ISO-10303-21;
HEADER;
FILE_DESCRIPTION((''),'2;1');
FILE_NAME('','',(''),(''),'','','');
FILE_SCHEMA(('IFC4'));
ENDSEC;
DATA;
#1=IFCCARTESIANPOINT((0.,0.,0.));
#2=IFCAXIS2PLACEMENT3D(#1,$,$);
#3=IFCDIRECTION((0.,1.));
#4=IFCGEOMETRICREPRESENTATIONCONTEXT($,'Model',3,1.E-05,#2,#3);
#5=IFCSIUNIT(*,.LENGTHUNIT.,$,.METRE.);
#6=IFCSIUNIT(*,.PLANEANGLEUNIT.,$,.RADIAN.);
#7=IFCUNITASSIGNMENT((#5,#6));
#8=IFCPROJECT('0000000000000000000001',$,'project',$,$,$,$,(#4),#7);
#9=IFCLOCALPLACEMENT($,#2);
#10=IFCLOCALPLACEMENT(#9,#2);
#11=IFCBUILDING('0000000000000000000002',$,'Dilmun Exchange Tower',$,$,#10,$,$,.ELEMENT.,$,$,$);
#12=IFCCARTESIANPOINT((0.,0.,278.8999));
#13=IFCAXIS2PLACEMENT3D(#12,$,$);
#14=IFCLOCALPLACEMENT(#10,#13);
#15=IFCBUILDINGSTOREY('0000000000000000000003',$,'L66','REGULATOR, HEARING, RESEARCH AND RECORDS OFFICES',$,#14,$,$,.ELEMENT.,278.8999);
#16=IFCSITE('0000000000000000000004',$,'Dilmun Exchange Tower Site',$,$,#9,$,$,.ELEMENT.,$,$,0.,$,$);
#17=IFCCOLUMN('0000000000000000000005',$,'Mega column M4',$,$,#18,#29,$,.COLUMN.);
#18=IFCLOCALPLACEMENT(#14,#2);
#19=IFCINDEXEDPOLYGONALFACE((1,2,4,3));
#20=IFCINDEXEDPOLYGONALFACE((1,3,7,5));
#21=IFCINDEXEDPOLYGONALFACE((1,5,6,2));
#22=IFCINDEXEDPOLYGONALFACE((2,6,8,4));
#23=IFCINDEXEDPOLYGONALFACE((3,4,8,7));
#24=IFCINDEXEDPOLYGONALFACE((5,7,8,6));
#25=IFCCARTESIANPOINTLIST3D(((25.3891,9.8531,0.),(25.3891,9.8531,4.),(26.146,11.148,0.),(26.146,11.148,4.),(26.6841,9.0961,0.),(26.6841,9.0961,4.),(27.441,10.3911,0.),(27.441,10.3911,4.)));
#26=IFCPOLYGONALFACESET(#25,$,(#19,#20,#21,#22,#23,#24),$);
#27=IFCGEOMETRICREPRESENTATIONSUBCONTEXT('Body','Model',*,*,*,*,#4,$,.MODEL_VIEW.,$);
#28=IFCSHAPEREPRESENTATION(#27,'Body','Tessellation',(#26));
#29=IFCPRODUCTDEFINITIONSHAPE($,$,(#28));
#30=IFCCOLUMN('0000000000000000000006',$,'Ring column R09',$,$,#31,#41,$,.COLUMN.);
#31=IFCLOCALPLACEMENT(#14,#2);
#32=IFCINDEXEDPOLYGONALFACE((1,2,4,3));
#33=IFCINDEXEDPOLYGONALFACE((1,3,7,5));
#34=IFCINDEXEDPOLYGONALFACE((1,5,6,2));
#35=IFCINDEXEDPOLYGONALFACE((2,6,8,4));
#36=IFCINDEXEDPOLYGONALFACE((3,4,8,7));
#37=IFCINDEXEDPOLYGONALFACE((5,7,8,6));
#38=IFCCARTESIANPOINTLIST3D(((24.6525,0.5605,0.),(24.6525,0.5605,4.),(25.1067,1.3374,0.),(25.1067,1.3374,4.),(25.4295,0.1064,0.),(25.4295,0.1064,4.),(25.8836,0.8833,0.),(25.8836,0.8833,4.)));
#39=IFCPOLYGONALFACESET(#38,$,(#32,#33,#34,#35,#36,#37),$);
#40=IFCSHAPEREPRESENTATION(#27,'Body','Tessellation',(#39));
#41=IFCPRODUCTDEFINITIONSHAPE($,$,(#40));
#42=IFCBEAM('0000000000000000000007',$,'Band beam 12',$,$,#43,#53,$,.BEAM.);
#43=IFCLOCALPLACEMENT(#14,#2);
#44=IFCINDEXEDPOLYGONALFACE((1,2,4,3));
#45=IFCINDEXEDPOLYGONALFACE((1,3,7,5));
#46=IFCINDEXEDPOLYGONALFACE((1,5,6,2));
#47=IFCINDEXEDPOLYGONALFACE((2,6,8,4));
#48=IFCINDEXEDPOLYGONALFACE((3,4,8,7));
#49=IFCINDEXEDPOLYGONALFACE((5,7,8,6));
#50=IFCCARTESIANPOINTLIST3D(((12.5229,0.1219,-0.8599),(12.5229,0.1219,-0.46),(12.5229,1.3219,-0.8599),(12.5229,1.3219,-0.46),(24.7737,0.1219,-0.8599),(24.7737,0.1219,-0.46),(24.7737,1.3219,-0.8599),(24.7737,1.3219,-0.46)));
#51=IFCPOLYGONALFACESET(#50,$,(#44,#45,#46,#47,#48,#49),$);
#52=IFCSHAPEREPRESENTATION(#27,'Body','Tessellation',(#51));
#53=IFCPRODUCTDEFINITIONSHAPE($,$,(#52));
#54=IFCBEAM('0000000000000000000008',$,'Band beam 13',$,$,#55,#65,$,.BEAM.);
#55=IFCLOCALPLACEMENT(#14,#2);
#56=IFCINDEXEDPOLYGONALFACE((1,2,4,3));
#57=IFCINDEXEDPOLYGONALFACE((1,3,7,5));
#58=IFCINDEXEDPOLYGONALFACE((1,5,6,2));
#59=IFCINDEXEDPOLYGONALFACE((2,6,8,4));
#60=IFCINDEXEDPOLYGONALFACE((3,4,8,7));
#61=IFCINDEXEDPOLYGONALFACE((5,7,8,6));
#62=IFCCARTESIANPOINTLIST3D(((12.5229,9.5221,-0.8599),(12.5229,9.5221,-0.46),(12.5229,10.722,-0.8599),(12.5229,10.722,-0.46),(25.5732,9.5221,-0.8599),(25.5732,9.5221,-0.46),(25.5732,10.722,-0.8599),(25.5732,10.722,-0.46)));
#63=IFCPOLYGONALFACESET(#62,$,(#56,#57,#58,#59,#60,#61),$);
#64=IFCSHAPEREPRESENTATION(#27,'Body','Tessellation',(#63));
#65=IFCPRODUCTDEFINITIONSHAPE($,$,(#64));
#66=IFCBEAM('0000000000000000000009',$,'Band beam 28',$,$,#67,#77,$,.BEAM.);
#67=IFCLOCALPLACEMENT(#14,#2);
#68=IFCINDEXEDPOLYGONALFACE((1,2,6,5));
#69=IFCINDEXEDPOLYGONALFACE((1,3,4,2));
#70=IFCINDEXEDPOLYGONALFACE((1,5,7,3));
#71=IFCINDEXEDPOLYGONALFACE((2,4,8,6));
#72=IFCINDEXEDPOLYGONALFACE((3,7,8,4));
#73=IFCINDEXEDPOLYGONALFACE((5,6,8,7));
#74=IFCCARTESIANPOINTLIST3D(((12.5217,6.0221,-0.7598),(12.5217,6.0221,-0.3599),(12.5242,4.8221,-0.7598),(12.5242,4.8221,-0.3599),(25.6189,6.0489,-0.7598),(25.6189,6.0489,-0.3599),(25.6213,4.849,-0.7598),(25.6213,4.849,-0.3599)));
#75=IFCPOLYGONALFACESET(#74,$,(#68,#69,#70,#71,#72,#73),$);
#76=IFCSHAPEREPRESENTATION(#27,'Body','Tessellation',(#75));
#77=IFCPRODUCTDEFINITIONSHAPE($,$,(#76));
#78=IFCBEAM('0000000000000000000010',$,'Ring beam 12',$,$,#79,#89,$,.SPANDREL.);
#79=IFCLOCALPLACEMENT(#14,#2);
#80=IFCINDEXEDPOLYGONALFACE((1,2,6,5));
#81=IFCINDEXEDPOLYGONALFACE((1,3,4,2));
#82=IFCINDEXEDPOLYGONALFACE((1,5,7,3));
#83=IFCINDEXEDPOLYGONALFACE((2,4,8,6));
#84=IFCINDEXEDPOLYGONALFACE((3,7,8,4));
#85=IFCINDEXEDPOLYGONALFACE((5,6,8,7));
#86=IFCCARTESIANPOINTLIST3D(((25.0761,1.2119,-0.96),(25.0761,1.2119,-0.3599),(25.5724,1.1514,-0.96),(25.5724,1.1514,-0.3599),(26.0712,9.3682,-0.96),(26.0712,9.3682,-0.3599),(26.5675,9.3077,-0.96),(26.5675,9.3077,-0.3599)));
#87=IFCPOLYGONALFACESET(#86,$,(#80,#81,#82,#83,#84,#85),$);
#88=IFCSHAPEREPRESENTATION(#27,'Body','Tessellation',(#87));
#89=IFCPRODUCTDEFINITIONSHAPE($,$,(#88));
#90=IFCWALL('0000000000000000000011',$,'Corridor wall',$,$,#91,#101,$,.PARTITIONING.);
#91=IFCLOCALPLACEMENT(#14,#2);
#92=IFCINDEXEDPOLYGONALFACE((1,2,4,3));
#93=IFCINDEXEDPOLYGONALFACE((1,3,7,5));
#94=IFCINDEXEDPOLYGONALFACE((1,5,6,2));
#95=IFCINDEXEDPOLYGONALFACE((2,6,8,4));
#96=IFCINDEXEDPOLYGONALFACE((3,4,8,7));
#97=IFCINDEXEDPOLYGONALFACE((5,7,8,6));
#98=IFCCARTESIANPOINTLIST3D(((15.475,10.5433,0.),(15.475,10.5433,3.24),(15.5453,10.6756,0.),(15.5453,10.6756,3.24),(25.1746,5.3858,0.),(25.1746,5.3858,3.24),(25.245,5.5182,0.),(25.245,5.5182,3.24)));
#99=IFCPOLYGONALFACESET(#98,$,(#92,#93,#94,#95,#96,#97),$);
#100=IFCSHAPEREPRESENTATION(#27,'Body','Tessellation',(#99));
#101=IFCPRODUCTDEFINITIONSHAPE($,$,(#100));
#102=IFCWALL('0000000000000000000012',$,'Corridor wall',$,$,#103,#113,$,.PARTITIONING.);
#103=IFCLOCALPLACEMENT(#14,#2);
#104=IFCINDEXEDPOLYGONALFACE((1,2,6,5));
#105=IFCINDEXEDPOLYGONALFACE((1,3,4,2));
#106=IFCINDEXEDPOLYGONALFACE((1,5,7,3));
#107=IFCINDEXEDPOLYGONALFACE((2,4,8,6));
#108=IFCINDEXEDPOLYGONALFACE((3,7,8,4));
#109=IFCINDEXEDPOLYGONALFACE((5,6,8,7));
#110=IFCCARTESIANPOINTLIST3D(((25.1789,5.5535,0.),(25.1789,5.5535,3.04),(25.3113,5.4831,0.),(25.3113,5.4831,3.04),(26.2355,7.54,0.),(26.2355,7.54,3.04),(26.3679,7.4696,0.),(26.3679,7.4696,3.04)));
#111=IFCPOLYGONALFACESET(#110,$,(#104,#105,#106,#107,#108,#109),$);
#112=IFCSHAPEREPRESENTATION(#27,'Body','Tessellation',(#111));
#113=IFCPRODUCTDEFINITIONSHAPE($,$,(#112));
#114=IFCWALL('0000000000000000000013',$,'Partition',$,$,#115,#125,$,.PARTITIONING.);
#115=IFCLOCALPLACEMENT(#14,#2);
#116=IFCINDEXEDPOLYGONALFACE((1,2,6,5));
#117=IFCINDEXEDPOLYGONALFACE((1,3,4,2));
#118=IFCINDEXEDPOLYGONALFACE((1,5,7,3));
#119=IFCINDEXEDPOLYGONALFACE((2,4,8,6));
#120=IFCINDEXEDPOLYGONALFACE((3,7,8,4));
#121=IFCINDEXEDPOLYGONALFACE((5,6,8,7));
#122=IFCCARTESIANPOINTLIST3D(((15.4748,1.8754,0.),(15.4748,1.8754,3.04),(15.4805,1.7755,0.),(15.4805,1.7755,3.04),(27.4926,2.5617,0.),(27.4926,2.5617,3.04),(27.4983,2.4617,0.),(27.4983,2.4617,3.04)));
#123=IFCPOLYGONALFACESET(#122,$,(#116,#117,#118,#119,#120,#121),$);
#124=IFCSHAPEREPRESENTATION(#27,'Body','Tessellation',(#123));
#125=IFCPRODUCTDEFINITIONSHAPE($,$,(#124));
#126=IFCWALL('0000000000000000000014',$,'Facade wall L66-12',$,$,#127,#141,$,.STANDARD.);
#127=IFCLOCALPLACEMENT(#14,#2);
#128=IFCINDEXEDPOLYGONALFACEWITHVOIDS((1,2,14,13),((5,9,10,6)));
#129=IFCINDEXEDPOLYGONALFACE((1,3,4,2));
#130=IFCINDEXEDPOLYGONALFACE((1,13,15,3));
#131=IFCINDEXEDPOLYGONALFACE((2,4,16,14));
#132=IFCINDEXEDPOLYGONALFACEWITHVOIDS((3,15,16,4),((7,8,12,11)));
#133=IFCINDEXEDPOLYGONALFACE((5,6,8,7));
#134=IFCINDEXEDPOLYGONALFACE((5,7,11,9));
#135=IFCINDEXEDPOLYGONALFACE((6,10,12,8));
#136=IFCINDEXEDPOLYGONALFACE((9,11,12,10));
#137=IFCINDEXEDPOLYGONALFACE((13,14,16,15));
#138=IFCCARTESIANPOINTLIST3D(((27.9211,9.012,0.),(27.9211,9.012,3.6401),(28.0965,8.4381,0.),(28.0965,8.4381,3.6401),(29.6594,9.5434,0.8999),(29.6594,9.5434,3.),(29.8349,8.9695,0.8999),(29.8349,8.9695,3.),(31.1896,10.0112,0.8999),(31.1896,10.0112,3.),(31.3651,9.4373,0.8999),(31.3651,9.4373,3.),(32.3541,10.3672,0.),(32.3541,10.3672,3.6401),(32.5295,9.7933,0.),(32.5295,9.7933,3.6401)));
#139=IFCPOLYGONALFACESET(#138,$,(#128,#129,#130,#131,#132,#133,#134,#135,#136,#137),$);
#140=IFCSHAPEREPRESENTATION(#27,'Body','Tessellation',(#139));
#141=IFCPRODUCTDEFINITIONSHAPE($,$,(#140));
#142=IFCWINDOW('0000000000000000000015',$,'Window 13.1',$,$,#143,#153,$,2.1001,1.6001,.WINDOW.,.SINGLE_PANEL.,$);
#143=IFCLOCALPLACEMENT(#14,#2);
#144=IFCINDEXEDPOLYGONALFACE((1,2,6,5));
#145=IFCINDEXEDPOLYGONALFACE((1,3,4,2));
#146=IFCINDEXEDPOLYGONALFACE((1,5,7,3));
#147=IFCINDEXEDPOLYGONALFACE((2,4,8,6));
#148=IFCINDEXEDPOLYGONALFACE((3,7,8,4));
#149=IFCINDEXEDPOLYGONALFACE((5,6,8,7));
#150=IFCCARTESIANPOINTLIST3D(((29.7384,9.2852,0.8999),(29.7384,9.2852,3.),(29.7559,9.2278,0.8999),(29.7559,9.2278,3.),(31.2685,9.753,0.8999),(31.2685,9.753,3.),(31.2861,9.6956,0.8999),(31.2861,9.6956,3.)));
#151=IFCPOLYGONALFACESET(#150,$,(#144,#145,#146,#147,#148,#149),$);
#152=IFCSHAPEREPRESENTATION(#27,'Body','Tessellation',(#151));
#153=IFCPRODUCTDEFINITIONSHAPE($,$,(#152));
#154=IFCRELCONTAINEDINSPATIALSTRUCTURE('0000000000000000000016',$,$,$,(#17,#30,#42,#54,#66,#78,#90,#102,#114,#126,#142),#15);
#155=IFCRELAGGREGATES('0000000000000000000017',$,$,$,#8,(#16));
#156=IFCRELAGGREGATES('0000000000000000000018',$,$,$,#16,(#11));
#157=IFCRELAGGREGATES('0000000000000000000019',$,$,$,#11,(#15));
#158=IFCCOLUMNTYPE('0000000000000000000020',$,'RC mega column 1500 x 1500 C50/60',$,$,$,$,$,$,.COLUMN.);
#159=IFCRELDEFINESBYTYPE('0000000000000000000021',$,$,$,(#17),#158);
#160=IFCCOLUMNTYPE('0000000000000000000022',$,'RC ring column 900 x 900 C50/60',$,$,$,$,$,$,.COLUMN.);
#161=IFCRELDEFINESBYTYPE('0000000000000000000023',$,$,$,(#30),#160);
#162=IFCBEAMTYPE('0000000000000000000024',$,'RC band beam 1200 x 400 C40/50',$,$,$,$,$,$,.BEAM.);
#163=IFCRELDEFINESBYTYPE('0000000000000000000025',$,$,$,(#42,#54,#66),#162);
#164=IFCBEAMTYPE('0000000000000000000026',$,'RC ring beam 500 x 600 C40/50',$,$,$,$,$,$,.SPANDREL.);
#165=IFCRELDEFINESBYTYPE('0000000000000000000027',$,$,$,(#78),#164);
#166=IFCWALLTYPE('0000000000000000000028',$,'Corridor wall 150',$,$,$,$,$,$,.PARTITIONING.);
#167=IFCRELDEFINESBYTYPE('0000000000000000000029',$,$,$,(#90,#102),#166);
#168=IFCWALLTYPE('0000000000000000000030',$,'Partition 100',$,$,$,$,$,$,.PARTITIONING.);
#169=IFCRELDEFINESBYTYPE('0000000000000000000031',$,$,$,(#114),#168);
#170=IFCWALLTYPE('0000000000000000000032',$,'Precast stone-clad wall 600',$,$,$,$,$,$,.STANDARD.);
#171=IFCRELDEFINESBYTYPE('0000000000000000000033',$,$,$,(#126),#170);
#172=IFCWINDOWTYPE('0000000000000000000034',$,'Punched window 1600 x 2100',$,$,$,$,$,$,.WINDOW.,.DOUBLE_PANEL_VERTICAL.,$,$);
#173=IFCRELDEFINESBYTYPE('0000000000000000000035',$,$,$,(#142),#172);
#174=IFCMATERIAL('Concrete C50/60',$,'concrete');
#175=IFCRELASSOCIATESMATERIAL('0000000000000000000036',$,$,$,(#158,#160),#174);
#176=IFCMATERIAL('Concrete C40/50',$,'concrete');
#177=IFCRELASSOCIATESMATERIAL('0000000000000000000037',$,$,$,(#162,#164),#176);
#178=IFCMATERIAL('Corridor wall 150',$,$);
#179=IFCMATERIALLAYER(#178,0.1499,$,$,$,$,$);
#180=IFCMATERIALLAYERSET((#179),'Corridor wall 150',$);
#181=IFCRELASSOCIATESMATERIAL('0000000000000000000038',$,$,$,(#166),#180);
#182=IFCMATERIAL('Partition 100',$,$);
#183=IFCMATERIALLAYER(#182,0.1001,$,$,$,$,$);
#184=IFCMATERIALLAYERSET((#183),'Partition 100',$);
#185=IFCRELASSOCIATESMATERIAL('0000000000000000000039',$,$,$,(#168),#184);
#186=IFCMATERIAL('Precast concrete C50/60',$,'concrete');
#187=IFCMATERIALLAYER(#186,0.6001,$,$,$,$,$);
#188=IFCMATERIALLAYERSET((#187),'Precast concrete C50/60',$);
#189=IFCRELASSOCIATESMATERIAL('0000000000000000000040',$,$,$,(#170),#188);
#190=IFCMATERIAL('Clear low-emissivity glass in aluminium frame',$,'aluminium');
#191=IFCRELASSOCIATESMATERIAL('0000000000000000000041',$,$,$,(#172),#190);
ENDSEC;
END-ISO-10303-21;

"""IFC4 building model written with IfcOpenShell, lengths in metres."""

from ifc_helpers import new_model, si_unit, direction, frame, frame_2d, origin, origin_2d, place, context, subcontext, project, spatial, rectangle, extrude, material, layer, layer_set, material_profile, profile_set, type_object, element, fill, save


model = new_model("IFC4")

# Units and contexts
model_context = context("Model", 3, precision=1e-05, world=origin(), true_north=direction((0.0, 1.0)))
body_context = subcontext(model_context, "Body", "Model", "MODEL_VIEW")
ifc_project = project(units=[si_unit("LENGTHUNIT", "METRE"), si_unit("PLANEANGLEUNIT", "RADIAN")], contexts=[model_context])

# Site, building, storey
site_placement = place(None, origin())
site = spatial("IfcSite", under=ifc_project, at=site_placement, Name="Dilmun Exchange Tower Site", CompositionType="ELEMENT", RefElevation=0.0)
building_placement = place(site_placement, origin())
building = spatial("IfcBuilding", under=site, at=building_placement, Name="Dilmun Exchange Tower", CompositionType="ELEMENT")
storey_placement = place(building_placement, frame((0.0, 0.0, 278.8999)))
storey = spatial("IfcBuildingStorey", under=building, at=storey_placement, Name="L66", Description="REGULATOR, HEARING, RESEARCH AND RECORDS OFFICES", CompositionType="ELEMENT", Elevation=278.8999)

# Columns
ifc_material_1 = material(Name="Concrete C50/60", Category="concrete")
ifc_material_profile_1 = material_profile(ifc_material_1, rectangle(XDim=1.5, YDim=1.5, at=origin_2d()), Name="1500 x 1500")
ifc_profile_set_1 = profile_set([ifc_material_profile_1], Name="Concrete C50/60")
column_type_1 = type_object("IfcColumnType", Name="RC mega column 1500 x 1500 C50/60", PredefinedType="COLUMN", material=ifc_profile_set_1)
column_1_placement = place(storey_placement, frame((26.415, 10.1221, 0.0), z_axis=(0.0, 0.0, 1.0), x_axis=(0.504644, 0.863328, 0.0)))
element("IfcColumn", 1, at=column_1_placement, inside=storey, type_object=column_type_1, Name="Mega column M4", PredefinedType="COLUMN", context=body_context, shape_type="SweptSolid", body=[
    extrude(rectangle(XDim=1.5, YDim=1.5, at=origin_2d()), origin(), (0.0, 0.0, 1.0), 4.0),
])
ifc_material_profile_2 = material_profile(ifc_material_1, rectangle(XDim=0.8999, YDim=0.8999, at=origin_2d()), Name="900 x 900")
ifc_profile_set_2 = profile_set([ifc_material_profile_2], Name="Concrete C50/60")
column_type_2 = type_object("IfcColumnType", Name="RC ring column 900 x 900 C50/60", PredefinedType="COLUMN", material=ifc_profile_set_2)
column_2_placement = place(storey_placement, frame((25.2681, 0.7219, 0.0), z_axis=(0.0, 0.0, 1.0), x_axis=(0.504644, 0.863328, 0.0)))
element("IfcColumn", 2, at=column_2_placement, inside=storey, type_object=column_type_2, Name="Ring column R09", PredefinedType="COLUMN", context=body_context, shape_type="SweptSolid", body=[
    extrude(rectangle(XDim=0.8999, YDim=0.8999, at=origin_2d()), origin(), (0.0, 0.0, 1.0), 4.0),
])

# Beams
ifc_material_2 = material(Name="Concrete C40/50", Category="concrete")
ifc_material_profile_3 = material_profile(ifc_material_2, rectangle(XDim=1.2, YDim=0.3999, at=origin_2d()), Name="1200 x 400")
ifc_profile_set_3 = profile_set([ifc_material_profile_3], Name="Concrete C40/50")
beam_type_1 = type_object("IfcBeamType", Name="RC band beam 1200 x 400 C40/50", PredefinedType="BEAM", material=ifc_profile_set_3)
beam_1_placement = place(storey_placement, frame((24.7737, 0.7219, -0.6599), z_axis=(-1.0, 0.0, 0.0), x_axis=(0.0, -1.0, 0.0)))
element("IfcBeam", 3, at=beam_1_placement, inside=storey, type_object=beam_type_1, Name="Band beam 12", PredefinedType="BEAM", context=body_context, shape_type="SweptSolid", body=[
    extrude(rectangle(XDim=1.2, YDim=0.3999, at=origin_2d()), origin(), (0.0, 0.0, 1.0), 12.2507),
])
beam_2_placement = place(storey_placement, frame((25.5732, 10.1221, -0.6599), z_axis=(-1.0, 0.0, 0.0), x_axis=(0.0, -1.0, 0.0)))
element("IfcBeam", 4, at=beam_2_placement, inside=storey, type_object=beam_type_1, Name="Band beam 13", PredefinedType="BEAM", context=body_context, shape_type="SweptSolid", body=[
    extrude(rectangle(XDim=1.2, YDim=0.3999, at=origin_2d()), origin(), (0.0, 0.0, 1.0), 13.0503),
])
beam_3_placement = place(storey_placement, frame((25.6201, 5.449, -0.5598), z_axis=(-0.999998, -0.00205, 0.0), x_axis=(0.00205, -0.999998, 0.0)))
element("IfcBeam", 5, at=beam_3_placement, inside=storey, type_object=beam_type_1, Name="Band beam 28", PredefinedType="BEAM", context=body_context, shape_type="SweptSolid", body=[
    extrude(rectangle(XDim=1.2, YDim=0.3999, at=origin_2d()), origin(), (0.0, 0.0, 1.0), 13.0972),
])
ifc_material_profile_4 = material_profile(ifc_material_2, rectangle(XDim=0.5, YDim=0.6001, at=origin_2d()), Name="500 x 600")
ifc_profile_set_4 = profile_set([ifc_material_profile_4], Name="Concrete C40/50")
beam_type_2 = type_object("IfcBeamType", Name="RC ring beam 500 x 600 C40/50", PredefinedType="SPANDREL", material=ifc_profile_set_4)
beam_4_placement = place(storey_placement, frame((25.3242, 1.1816, -0.6599), z_axis=(0.121109, 0.992639, 0.0), x_axis=(-0.992639, 0.121109, 0.0)))
element("IfcBeam", 6, at=beam_4_placement, inside=storey, type_object=beam_type_2, Name="Ring beam 12", PredefinedType="SPANDREL", context=body_context, shape_type="SweptSolid", body=[
    extrude(rectangle(XDim=0.5, YDim=0.6001, at=origin_2d()), origin(), (0.0, 0.0, 1.0), 8.2168),
])

# Walls
ifc_material_3 = material(Name="Corridor wall 150")
ifc_layer_1 = layer(ifc_material_3, 0.1499)
ifc_layer_set_1 = layer_set([ifc_layer_1], Name="Corridor wall 150")
wall_type_1 = type_object("IfcWallType", Name="Corridor wall 150", PredefinedType="PARTITIONING", material=ifc_layer_set_1)
wall_1_placement = place(storey_placement, frame((15.5103, 10.6094, 0.0), z_axis=(0.0, 0.0, 1.0), x_axis=(0.882946, -0.469475, 0.0)))
element("IfcWall", 7, at=wall_1_placement, inside=storey, type_object=wall_type_1, Name="Corridor wall", PredefinedType="PARTITIONING", context=body_context, shape_type="SweptSolid", body=[
    extrude(rectangle(XDim=10.9856, YDim=0.1499, at=frame_2d((5.4927, 0.0))), origin(), (0.0, 0.0, 1.0), 3.24),
])
wall_2_placement = place(storey_placement, frame((25.2451, 5.5183, 0.0), z_axis=(0.0, 0.0, 1.0), x_axis=(0.469597, 0.882881, 0.0)))
element("IfcWall", 8, at=wall_2_placement, inside=storey, type_object=wall_type_1, Name="Corridor wall", PredefinedType="PARTITIONING", context=body_context, shape_type="SweptSolid", body=[
    extrude(rectangle(XDim=2.25, YDim=0.1499, at=frame_2d((1.125, 0.0))), origin(), (0.0, 0.0, 1.0), 3.04),
])
ifc_material_4 = material(Name="Partition 100")
ifc_layer_2 = layer(ifc_material_4, 0.1001)
ifc_layer_set_2 = layer_set([ifc_layer_2], Name="Partition 100")
wall_type_2 = type_object("IfcWallType", Name="Partition 100", PredefinedType="PARTITIONING", material=ifc_layer_set_2)
wall_3_placement = place(storey_placement, frame((15.4778, 1.8254, 0.0), z_axis=(0.0, 0.0, 1.0), x_axis=(0.998373, 0.057012, 0.0)))
element("IfcWall", 9, at=wall_3_placement, inside=storey, type_object=wall_type_2, Name="Partition", PredefinedType="PARTITIONING", context=body_context, shape_type="SweptSolid", body=[
    extrude(rectangle(XDim=12.0374, YDim=0.1001, at=frame_2d((6.0186, 0.0))), origin(), (0.0, 0.0, 1.0), 3.04),
])

# Wall, opening, window
ifc_material_5 = material(Name="Precast concrete C50/60", Category="concrete")
ifc_layer_3 = layer(ifc_material_5, 0.6001)
ifc_layer_set_3 = layer_set([ifc_layer_3], Name="Precast concrete C50/60")
wall_type_3 = type_object("IfcWallType", Name="Precast stone-clad wall 600", PredefinedType="STANDARD", material=ifc_layer_set_3)
wall_4_placement = place(storey_placement, frame((32.4419, 10.0803, 0.0), z_axis=(0.0, 0.0, 1.0), x_axis=(-0.956307, -0.292364, 0.0)))
wall_4 = element("IfcWall", 10, at=wall_4_placement, inside=storey, type_object=wall_type_3, Name="Facade wall L66-12", PredefinedType="STANDARD", context=body_context, shape_type="SweptSolid", body=[
    extrude(rectangle(XDim=4.6355, YDim=0.6001, at=frame_2d((2.3179, 0.0))), origin(), (0.0, 0.0, 1.0), 3.6401),
])
opening_1_placement = place(wall_4_placement, frame((1.2178, 0.0, 0.8999)))
opening_1 = element("IfcOpeningElement", 11, at=opening_1_placement, cuts=wall_4, PredefinedType="OPENING", context=body_context, shape_type="SweptSolid", body=[
    extrude(rectangle(XDim=1.6001, YDim=2.1001, at=frame_2d((0.8, 1.05))), frame((0.0, 0.3101, 0.0), z_axis=(0.0, -1.0, 0.0), x_axis=(1.0, 0.0, 0.0)), (0.0, 0.0, 1.0), 0.6201),
])
ifc_material_6 = material(Name="Clear low-emissivity glass in aluminium frame", Category="aluminium")
window_type = type_object("IfcWindowType", Name="Punched window 1600 x 2100", PartitioningType="DOUBLE_PANEL_VERTICAL", PredefinedType="WINDOW", material=ifc_material_6)
window_1_placement = place(opening_1_placement, origin())
window_1 = element("IfcWindow", 12, at=window_1_placement, inside=storey, type_object=window_type, Name="Window 13.1", OverallHeight=2.1001, OverallWidth=1.6001, PartitioningType="SINGLE_PANEL", PredefinedType="WINDOW", context=body_context, shape_type="SweptSolid", body=[
    extrude(rectangle(XDim=1.6001, YDim=2.1001, at=frame_2d((0.8, 1.05))), frame((0.0, 0.03, 0.0), z_axis=(0.0, -1.0, 0.0), x_axis=(1.0, 0.0, 0.0)), (0.0, 0.0, 1.0), 0.0601),
])
fill(opening_1, window_1)

save(model, "model.ifc")
